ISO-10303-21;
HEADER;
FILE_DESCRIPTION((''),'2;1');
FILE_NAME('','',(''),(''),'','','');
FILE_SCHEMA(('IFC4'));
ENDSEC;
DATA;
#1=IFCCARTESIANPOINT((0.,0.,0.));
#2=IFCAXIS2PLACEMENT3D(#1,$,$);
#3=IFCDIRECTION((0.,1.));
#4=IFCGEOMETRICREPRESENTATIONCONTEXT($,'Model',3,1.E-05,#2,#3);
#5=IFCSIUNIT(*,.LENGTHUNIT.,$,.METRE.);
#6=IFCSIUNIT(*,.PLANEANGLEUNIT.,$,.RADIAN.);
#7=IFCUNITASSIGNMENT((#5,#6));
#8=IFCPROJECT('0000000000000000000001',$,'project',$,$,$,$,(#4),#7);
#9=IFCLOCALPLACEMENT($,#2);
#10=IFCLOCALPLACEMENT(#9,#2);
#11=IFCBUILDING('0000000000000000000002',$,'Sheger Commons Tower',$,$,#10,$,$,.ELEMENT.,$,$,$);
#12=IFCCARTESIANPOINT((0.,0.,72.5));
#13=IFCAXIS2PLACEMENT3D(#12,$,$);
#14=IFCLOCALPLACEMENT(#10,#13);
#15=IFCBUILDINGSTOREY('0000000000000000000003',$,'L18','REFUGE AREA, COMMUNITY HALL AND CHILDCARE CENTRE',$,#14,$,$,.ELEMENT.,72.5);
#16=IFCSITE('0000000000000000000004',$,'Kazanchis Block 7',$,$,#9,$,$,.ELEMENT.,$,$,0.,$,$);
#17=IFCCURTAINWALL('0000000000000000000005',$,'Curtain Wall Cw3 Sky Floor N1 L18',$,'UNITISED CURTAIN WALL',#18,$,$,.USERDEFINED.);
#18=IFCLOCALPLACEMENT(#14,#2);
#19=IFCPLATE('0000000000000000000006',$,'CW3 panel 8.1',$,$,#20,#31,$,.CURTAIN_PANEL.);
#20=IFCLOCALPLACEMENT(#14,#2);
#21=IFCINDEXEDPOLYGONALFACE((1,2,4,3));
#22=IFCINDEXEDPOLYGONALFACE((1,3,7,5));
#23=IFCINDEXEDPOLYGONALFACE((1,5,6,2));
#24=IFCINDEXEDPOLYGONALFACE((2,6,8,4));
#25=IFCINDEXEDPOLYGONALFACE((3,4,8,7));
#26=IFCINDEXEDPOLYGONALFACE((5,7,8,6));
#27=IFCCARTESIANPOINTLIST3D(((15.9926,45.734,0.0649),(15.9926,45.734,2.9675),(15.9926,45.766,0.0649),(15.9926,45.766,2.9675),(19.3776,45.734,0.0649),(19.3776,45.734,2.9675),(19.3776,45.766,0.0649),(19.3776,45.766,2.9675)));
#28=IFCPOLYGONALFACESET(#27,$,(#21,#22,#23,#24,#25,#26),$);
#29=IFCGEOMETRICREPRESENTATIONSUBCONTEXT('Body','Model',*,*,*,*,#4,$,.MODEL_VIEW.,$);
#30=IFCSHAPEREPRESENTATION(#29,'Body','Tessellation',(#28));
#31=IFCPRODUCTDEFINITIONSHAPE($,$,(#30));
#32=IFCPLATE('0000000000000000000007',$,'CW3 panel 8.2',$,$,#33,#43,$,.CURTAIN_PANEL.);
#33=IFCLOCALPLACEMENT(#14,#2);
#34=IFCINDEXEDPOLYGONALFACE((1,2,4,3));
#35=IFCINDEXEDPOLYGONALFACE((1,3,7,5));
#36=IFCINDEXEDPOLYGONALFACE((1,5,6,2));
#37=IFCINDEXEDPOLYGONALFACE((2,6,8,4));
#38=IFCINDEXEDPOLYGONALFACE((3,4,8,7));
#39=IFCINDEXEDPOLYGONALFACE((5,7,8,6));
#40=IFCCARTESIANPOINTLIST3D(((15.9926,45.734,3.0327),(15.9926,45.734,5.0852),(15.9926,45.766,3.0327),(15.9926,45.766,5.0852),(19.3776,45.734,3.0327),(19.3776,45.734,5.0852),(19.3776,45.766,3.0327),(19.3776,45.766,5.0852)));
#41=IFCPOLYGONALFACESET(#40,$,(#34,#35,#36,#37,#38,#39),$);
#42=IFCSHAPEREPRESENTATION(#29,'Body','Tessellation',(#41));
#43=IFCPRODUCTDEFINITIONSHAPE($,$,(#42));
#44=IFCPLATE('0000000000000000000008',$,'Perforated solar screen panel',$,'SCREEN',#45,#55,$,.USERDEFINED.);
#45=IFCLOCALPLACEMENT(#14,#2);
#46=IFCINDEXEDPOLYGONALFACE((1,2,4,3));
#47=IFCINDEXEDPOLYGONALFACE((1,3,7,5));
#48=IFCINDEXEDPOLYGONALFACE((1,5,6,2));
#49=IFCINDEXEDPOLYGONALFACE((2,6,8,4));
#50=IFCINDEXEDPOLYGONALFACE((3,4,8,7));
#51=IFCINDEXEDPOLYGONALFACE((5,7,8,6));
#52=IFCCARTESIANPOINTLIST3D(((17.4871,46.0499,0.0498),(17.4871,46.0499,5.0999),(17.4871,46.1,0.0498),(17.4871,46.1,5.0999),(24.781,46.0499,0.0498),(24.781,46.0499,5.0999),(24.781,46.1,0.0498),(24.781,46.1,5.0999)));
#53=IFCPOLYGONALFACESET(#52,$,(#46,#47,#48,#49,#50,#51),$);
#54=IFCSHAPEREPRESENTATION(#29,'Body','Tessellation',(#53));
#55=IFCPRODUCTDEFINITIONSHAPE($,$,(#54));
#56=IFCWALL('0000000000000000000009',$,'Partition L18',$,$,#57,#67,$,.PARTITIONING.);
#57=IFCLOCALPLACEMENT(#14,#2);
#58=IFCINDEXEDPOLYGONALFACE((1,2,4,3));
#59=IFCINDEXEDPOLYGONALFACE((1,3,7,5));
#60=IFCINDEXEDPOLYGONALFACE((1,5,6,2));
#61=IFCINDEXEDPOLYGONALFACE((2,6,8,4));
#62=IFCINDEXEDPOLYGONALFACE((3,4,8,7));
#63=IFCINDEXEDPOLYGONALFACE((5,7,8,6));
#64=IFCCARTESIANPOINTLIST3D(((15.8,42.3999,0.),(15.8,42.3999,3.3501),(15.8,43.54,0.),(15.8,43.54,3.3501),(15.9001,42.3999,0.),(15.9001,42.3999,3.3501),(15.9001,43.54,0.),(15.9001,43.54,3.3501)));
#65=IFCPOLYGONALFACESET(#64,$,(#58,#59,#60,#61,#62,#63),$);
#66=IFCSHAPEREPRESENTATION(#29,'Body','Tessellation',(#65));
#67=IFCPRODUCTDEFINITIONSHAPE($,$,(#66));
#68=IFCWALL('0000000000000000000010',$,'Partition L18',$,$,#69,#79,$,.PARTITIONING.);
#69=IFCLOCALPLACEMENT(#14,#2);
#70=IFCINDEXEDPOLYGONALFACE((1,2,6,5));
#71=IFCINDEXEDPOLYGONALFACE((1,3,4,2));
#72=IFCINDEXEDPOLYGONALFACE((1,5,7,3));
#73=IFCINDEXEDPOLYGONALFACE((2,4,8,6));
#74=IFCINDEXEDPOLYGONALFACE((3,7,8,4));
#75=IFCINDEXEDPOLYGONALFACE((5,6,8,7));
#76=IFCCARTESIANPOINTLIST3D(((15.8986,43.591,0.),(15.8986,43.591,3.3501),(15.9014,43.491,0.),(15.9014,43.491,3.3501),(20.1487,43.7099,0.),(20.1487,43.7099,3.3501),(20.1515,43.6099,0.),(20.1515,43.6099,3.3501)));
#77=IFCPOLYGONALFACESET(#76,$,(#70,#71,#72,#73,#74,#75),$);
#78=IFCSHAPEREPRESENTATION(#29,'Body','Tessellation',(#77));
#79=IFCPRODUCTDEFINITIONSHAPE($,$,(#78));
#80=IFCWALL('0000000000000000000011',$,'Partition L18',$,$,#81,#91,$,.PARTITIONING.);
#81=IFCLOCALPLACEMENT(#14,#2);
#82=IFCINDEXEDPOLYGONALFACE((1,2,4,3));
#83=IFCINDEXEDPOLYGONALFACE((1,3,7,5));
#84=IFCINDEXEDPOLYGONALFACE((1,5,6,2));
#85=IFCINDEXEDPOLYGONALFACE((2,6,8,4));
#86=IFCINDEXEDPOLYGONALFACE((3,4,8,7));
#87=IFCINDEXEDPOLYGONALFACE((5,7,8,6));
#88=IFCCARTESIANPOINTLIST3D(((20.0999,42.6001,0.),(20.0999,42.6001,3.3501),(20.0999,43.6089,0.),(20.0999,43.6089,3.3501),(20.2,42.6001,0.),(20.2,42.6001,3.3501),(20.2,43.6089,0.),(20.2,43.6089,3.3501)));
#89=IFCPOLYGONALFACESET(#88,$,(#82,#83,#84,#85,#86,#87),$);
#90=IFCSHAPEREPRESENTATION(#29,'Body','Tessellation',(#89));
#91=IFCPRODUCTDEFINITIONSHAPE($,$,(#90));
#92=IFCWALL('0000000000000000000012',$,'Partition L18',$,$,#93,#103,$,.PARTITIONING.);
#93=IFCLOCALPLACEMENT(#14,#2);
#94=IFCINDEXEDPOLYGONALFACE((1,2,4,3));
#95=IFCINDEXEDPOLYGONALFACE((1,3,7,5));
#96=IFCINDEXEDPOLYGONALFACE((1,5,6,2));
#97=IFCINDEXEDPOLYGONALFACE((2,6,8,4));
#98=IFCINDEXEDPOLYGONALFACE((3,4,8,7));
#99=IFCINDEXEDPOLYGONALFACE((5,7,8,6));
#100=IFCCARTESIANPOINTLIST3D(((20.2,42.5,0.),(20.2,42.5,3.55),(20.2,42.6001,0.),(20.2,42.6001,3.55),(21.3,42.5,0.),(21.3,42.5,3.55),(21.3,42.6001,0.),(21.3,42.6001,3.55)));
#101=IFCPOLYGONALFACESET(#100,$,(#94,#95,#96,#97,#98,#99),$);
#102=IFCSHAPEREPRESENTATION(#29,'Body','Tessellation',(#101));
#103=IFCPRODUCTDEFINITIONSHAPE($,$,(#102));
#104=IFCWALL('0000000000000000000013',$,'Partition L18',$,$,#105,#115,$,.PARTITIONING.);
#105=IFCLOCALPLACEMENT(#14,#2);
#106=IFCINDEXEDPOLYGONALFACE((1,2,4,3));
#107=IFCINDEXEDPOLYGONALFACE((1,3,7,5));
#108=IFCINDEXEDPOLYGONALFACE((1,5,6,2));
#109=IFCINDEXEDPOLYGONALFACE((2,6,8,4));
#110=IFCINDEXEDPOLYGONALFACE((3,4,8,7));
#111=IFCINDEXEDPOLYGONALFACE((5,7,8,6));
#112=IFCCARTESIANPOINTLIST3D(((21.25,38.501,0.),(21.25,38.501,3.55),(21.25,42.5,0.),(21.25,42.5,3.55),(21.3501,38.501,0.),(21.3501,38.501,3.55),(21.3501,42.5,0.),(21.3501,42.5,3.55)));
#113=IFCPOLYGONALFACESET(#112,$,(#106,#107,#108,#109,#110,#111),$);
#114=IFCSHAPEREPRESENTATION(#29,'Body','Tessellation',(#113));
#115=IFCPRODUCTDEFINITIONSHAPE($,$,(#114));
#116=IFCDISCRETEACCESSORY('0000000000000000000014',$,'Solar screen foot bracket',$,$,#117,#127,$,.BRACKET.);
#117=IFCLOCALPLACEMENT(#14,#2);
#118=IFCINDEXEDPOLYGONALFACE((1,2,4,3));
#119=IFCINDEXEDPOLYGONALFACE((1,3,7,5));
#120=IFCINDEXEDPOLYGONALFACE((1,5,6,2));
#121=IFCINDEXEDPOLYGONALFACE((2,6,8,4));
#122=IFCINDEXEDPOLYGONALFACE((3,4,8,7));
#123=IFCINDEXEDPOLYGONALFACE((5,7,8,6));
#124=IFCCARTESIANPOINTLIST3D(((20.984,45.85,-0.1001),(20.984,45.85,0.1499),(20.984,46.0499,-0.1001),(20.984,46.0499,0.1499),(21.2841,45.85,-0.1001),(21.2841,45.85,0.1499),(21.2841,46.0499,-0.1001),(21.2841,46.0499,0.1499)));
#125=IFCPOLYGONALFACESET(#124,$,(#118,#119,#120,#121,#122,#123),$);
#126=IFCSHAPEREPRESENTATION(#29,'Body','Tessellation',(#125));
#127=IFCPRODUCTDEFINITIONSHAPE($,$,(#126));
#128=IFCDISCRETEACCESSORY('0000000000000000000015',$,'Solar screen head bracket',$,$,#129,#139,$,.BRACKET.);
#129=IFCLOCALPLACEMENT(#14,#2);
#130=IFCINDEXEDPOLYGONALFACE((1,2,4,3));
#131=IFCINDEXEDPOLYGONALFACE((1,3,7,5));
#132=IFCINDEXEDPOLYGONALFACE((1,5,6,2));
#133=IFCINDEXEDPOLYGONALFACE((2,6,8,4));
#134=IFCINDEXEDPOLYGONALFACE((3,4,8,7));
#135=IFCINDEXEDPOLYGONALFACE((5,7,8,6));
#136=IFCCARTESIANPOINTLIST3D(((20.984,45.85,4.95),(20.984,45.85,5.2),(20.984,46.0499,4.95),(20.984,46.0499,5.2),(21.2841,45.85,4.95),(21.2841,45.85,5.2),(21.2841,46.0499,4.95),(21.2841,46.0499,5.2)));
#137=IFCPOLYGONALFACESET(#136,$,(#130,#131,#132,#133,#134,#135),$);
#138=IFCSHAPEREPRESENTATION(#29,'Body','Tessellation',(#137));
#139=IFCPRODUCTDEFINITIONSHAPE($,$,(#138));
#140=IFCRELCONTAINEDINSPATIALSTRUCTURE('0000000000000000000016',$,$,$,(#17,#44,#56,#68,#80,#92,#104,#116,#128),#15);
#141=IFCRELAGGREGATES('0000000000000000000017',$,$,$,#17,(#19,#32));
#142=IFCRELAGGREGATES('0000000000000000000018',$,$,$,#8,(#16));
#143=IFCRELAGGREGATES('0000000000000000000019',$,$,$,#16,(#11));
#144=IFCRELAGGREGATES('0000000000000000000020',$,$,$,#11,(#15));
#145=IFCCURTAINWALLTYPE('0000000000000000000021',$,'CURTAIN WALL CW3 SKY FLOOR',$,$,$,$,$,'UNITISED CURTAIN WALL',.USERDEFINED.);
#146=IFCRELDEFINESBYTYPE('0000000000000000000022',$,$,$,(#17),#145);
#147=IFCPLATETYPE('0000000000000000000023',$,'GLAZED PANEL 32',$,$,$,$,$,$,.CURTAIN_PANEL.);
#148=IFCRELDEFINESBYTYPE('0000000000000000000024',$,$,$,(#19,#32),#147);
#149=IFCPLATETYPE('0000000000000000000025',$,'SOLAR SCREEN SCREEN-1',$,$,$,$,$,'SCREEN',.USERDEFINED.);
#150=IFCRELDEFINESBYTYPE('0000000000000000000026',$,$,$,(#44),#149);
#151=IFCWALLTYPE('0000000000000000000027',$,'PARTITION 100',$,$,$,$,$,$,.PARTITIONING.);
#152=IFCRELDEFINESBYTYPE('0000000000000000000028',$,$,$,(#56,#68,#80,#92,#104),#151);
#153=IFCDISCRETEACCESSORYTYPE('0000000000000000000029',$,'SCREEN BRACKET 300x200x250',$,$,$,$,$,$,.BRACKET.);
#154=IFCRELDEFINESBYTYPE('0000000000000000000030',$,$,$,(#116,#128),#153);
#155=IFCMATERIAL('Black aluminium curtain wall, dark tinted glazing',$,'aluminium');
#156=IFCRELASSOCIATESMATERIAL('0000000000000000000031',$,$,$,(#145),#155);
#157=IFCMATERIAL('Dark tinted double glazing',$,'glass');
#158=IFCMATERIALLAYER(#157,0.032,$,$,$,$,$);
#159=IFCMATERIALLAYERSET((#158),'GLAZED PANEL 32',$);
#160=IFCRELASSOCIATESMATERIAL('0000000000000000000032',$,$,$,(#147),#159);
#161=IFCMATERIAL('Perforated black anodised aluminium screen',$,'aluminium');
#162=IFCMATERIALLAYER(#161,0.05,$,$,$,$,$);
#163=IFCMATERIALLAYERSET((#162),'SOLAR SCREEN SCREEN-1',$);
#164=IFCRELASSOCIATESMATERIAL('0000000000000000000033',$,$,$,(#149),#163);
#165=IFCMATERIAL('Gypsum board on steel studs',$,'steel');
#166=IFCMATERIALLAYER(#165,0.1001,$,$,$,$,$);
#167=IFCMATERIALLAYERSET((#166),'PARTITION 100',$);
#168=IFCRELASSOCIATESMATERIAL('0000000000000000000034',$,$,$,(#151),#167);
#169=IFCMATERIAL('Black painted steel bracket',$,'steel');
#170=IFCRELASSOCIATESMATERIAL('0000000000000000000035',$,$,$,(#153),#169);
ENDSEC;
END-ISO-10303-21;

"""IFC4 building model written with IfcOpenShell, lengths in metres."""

from ifc_helpers import new_model, si_unit, direction, frame, frame_2d, origin, origin_2d, place, context, subcontext, project, spatial, rectangle, extrude, material, layer, layer_set, type_object, element, aggregate, save


model = new_model("IFC4")

# Units and contexts
model_context = context("Model", 3, precision=1e-05, world=origin(), true_north=direction((0.0, 1.0)))
body_context = subcontext(model_context, "Body", "Model", "MODEL_VIEW")
ifc_project = project(units=[si_unit("LENGTHUNIT", "METRE"), si_unit("PLANEANGLEUNIT", "RADIAN")], contexts=[model_context])

# Site, building, storey
site_placement = place(None, origin())
site = spatial("IfcSite", under=ifc_project, at=site_placement, Name="Kazanchis Block 7", CompositionType="ELEMENT", RefElevation=0.0)
building_placement = place(site_placement, origin())
building = spatial("IfcBuilding", under=site, at=building_placement, Name="Sheger Commons Tower", CompositionType="ELEMENT")
storey_placement = place(building_placement, frame((0.0, 0.0, 72.5)))
storey = spatial("IfcBuildingStorey", under=building, at=storey_placement, Name="L18", Description="REFUGE AREA, COMMUNITY HALL AND CHILDCARE CENTRE", CompositionType="ELEMENT", Elevation=72.5)

# Curtain wall, plates
ifc_material_1 = material(Name="Black aluminium curtain wall, dark tinted glazing", Category="aluminium")
curtain_wall_type = type_object("IfcCurtainWallType", Name="CURTAIN WALL CW3 SKY FLOOR", ElementType="UNITISED CURTAIN WALL", PredefinedType="USERDEFINED", material=ifc_material_1)
curtain_wall_placement = place(storey_placement, origin())
curtain_wall = element("IfcCurtainWall", 1, at=curtain_wall_placement, inside=storey, type_object=curtain_wall_type, Name="Curtain Wall Cw3 Sky Floor N1 L18", ObjectType="UNITISED CURTAIN WALL", PredefinedType="USERDEFINED")
ifc_material_2 = material(Name="Dark tinted double glazing", Category="glass")
ifc_layer_1 = layer(ifc_material_2, 0.032)
ifc_layer_set_1 = layer_set([ifc_layer_1], Name="GLAZED PANEL 32")
plate_type_1 = type_object("IfcPlateType", Name="GLAZED PANEL 32", PredefinedType="CURTAIN_PANEL", material=ifc_layer_set_1)
plate_1_placement = place(storey_placement, frame((17.6851, 45.75, 0.0649), z_axis=(0.0, 0.0, 1.0), x_axis=(-1.0, 0.0, 0.0)))
plate_1 = element("IfcPlate", 2, at=plate_1_placement, type_object=plate_type_1, Name="CW3 panel 8.1", PredefinedType="CURTAIN_PANEL", context=body_context, shape_type="SweptSolid", body=[
    extrude(rectangle(XDim=3.385, YDim=0.032, at=origin_2d()), origin(), (0.0, 0.0, 1.0), 2.9026),
])
plate_2_placement = place(storey_placement, frame((17.6851, 45.75, 3.0327), z_axis=(0.0, 0.0, 1.0), x_axis=(-1.0, 0.0, 0.0)))
plate_2 = element("IfcPlate", 3, at=plate_2_placement, type_object=plate_type_1, Name="CW3 panel 8.2", PredefinedType="CURTAIN_PANEL", context=body_context, shape_type="SweptSolid", body=[
    extrude(rectangle(XDim=3.385, YDim=0.032, at=origin_2d()), origin(), (0.0, 0.0, 1.0), 2.0525),
])
aggregate(curtain_wall, [plate_1, plate_2])

# Plate
ifc_material_3 = material(Name="Perforated black anodised aluminium screen", Category="aluminium")
ifc_layer_2 = layer(ifc_material_3, 0.05)
ifc_layer_set_2 = layer_set([ifc_layer_2], Name="SOLAR SCREEN SCREEN-1")
plate_type_2 = type_object("IfcPlateType", Name="SOLAR SCREEN SCREEN-1", ElementType="SCREEN", PredefinedType="USERDEFINED", material=ifc_layer_set_2)
plate_3_placement = place(storey_placement, frame((21.134, 46.075, 0.0498), z_axis=(0.0, 0.0, 1.0), x_axis=(-1.0, 0.0, 0.0)))
element("IfcPlate", 4, at=plate_3_placement, inside=storey, type_object=plate_type_2, Name="Perforated solar screen panel", ObjectType="SCREEN", PredefinedType="USERDEFINED", context=body_context, shape_type="SweptSolid", body=[
    extrude(rectangle(XDim=7.2939, YDim=0.05, at=origin_2d()), origin(), (0.0, 0.0, 1.0), 5.05),
])

# Walls
ifc_material_4 = material(Name="Gypsum board on steel studs", Category="steel")
ifc_layer_3 = layer(ifc_material_4, 0.1001)
ifc_layer_set_3 = layer_set([ifc_layer_3], Name="PARTITION 100")
wall_type = type_object("IfcWallType", Name="PARTITION 100", PredefinedType="PARTITIONING", material=ifc_layer_set_3)
wall_1_placement = place(storey_placement, frame((15.8501, 42.3999, 0.0), z_axis=(0.0, 0.0, 1.0), x_axis=(0.0, 1.0, 0.0)))
element("IfcWall", 5, at=wall_1_placement, inside=storey, type_object=wall_type, Name="Partition L18", PredefinedType="PARTITIONING", context=body_context, shape_type="SweptSolid", body=[
    extrude(rectangle(XDim=1.1401, YDim=0.1001, at=frame_2d((0.5701, 0.0))), origin(), (0.0, 0.0, 1.0), 3.3501),
])
wall_2_placement = place(storey_placement, frame((15.8999, 43.541, 0.0), z_axis=(0.0, 0.0, 1.0), x_axis=(0.999609, 0.027965, 0.0)))
element("IfcWall", 6, at=wall_2_placement, inside=storey, type_object=wall_type, Name="Partition L18", PredefinedType="PARTITIONING", context=body_context, shape_type="SweptSolid", body=[
    extrude(rectangle(XDim=4.2517, YDim=0.1001, at=frame_2d((2.126, 0.0))), origin(), (0.0, 0.0, 1.0), 3.3501),
])
wall_3_placement = place(storey_placement, frame((20.1499, 43.6089, 0.0), z_axis=(0.0, 0.0, 1.0), x_axis=(0.0, -1.0, 0.0)))
element("IfcWall", 7, at=wall_3_placement, inside=storey, type_object=wall_type, Name="Partition L18", PredefinedType="PARTITIONING", context=body_context, shape_type="SweptSolid", body=[
    extrude(rectangle(XDim=1.0088, YDim=0.1001, at=frame_2d((0.5044, 0.0))), origin(), (0.0, 0.0, 1.0), 3.3501),
])
wall_4_placement = place(storey_placement, frame((20.2, 42.55, 0.0), z_axis=(0.0, 0.0, 1.0), x_axis=(1.0, 0.0, 0.0)))
element("IfcWall", 8, at=wall_4_placement, inside=storey, type_object=wall_type, Name="Partition L18", PredefinedType="PARTITIONING", context=body_context, shape_type="SweptSolid", body=[
    extrude(rectangle(XDim=1.1001, YDim=0.1001, at=frame_2d((0.55, 0.0))), origin(), (0.0, 0.0, 1.0), 3.55),
])
wall_5_placement = place(storey_placement, frame((21.3, 42.5, 0.0), z_axis=(0.0, 0.0, 1.0), x_axis=(0.0, -1.0, 0.0)))
element("IfcWall", 9, at=wall_5_placement, inside=storey, type_object=wall_type, Name="Partition L18", PredefinedType="PARTITIONING", context=body_context, shape_type="SweptSolid", body=[
    extrude(rectangle(XDim=3.999, YDim=0.1001, at=frame_2d((1.9995, 0.0))), origin(), (0.0, 0.0, 1.0), 3.55),
])

# Discrete accessories
ifc_material_5 = material(Name="Black painted steel bracket", Category="steel")
discrete_accessory_type = type_object("IfcDiscreteAccessoryType", Name="SCREEN BRACKET 300x200x250", PredefinedType="BRACKET", material=ifc_material_5)
for number, where, z_axis, x_axis, name in (
    (10, (21.134, 45.95, -0.1001), (0.0, 0.0, 1.0), (-1.0, 0.0, 0.0), "Solar screen foot bracket"),
    (11, (21.134, 45.95, 4.95), (0.0, 0.0, 1.0), (-1.0, 0.0, 0.0), "Solar screen head bracket"),
):
    element("IfcDiscreteAccessory", number, at=place(storey_placement, frame(where, z_axis=z_axis, x_axis=x_axis)), inside=storey, type_object=discrete_accessory_type, Name=name, PredefinedType="BRACKET", context=body_context, shape_type="SweptSolid", body=[
        extrude(rectangle(XDim=0.3, YDim=0.2, at=origin_2d()), origin(), (0.0, 0.0, 1.0), 0.25),
    ])

save(model, "model.ifc")
